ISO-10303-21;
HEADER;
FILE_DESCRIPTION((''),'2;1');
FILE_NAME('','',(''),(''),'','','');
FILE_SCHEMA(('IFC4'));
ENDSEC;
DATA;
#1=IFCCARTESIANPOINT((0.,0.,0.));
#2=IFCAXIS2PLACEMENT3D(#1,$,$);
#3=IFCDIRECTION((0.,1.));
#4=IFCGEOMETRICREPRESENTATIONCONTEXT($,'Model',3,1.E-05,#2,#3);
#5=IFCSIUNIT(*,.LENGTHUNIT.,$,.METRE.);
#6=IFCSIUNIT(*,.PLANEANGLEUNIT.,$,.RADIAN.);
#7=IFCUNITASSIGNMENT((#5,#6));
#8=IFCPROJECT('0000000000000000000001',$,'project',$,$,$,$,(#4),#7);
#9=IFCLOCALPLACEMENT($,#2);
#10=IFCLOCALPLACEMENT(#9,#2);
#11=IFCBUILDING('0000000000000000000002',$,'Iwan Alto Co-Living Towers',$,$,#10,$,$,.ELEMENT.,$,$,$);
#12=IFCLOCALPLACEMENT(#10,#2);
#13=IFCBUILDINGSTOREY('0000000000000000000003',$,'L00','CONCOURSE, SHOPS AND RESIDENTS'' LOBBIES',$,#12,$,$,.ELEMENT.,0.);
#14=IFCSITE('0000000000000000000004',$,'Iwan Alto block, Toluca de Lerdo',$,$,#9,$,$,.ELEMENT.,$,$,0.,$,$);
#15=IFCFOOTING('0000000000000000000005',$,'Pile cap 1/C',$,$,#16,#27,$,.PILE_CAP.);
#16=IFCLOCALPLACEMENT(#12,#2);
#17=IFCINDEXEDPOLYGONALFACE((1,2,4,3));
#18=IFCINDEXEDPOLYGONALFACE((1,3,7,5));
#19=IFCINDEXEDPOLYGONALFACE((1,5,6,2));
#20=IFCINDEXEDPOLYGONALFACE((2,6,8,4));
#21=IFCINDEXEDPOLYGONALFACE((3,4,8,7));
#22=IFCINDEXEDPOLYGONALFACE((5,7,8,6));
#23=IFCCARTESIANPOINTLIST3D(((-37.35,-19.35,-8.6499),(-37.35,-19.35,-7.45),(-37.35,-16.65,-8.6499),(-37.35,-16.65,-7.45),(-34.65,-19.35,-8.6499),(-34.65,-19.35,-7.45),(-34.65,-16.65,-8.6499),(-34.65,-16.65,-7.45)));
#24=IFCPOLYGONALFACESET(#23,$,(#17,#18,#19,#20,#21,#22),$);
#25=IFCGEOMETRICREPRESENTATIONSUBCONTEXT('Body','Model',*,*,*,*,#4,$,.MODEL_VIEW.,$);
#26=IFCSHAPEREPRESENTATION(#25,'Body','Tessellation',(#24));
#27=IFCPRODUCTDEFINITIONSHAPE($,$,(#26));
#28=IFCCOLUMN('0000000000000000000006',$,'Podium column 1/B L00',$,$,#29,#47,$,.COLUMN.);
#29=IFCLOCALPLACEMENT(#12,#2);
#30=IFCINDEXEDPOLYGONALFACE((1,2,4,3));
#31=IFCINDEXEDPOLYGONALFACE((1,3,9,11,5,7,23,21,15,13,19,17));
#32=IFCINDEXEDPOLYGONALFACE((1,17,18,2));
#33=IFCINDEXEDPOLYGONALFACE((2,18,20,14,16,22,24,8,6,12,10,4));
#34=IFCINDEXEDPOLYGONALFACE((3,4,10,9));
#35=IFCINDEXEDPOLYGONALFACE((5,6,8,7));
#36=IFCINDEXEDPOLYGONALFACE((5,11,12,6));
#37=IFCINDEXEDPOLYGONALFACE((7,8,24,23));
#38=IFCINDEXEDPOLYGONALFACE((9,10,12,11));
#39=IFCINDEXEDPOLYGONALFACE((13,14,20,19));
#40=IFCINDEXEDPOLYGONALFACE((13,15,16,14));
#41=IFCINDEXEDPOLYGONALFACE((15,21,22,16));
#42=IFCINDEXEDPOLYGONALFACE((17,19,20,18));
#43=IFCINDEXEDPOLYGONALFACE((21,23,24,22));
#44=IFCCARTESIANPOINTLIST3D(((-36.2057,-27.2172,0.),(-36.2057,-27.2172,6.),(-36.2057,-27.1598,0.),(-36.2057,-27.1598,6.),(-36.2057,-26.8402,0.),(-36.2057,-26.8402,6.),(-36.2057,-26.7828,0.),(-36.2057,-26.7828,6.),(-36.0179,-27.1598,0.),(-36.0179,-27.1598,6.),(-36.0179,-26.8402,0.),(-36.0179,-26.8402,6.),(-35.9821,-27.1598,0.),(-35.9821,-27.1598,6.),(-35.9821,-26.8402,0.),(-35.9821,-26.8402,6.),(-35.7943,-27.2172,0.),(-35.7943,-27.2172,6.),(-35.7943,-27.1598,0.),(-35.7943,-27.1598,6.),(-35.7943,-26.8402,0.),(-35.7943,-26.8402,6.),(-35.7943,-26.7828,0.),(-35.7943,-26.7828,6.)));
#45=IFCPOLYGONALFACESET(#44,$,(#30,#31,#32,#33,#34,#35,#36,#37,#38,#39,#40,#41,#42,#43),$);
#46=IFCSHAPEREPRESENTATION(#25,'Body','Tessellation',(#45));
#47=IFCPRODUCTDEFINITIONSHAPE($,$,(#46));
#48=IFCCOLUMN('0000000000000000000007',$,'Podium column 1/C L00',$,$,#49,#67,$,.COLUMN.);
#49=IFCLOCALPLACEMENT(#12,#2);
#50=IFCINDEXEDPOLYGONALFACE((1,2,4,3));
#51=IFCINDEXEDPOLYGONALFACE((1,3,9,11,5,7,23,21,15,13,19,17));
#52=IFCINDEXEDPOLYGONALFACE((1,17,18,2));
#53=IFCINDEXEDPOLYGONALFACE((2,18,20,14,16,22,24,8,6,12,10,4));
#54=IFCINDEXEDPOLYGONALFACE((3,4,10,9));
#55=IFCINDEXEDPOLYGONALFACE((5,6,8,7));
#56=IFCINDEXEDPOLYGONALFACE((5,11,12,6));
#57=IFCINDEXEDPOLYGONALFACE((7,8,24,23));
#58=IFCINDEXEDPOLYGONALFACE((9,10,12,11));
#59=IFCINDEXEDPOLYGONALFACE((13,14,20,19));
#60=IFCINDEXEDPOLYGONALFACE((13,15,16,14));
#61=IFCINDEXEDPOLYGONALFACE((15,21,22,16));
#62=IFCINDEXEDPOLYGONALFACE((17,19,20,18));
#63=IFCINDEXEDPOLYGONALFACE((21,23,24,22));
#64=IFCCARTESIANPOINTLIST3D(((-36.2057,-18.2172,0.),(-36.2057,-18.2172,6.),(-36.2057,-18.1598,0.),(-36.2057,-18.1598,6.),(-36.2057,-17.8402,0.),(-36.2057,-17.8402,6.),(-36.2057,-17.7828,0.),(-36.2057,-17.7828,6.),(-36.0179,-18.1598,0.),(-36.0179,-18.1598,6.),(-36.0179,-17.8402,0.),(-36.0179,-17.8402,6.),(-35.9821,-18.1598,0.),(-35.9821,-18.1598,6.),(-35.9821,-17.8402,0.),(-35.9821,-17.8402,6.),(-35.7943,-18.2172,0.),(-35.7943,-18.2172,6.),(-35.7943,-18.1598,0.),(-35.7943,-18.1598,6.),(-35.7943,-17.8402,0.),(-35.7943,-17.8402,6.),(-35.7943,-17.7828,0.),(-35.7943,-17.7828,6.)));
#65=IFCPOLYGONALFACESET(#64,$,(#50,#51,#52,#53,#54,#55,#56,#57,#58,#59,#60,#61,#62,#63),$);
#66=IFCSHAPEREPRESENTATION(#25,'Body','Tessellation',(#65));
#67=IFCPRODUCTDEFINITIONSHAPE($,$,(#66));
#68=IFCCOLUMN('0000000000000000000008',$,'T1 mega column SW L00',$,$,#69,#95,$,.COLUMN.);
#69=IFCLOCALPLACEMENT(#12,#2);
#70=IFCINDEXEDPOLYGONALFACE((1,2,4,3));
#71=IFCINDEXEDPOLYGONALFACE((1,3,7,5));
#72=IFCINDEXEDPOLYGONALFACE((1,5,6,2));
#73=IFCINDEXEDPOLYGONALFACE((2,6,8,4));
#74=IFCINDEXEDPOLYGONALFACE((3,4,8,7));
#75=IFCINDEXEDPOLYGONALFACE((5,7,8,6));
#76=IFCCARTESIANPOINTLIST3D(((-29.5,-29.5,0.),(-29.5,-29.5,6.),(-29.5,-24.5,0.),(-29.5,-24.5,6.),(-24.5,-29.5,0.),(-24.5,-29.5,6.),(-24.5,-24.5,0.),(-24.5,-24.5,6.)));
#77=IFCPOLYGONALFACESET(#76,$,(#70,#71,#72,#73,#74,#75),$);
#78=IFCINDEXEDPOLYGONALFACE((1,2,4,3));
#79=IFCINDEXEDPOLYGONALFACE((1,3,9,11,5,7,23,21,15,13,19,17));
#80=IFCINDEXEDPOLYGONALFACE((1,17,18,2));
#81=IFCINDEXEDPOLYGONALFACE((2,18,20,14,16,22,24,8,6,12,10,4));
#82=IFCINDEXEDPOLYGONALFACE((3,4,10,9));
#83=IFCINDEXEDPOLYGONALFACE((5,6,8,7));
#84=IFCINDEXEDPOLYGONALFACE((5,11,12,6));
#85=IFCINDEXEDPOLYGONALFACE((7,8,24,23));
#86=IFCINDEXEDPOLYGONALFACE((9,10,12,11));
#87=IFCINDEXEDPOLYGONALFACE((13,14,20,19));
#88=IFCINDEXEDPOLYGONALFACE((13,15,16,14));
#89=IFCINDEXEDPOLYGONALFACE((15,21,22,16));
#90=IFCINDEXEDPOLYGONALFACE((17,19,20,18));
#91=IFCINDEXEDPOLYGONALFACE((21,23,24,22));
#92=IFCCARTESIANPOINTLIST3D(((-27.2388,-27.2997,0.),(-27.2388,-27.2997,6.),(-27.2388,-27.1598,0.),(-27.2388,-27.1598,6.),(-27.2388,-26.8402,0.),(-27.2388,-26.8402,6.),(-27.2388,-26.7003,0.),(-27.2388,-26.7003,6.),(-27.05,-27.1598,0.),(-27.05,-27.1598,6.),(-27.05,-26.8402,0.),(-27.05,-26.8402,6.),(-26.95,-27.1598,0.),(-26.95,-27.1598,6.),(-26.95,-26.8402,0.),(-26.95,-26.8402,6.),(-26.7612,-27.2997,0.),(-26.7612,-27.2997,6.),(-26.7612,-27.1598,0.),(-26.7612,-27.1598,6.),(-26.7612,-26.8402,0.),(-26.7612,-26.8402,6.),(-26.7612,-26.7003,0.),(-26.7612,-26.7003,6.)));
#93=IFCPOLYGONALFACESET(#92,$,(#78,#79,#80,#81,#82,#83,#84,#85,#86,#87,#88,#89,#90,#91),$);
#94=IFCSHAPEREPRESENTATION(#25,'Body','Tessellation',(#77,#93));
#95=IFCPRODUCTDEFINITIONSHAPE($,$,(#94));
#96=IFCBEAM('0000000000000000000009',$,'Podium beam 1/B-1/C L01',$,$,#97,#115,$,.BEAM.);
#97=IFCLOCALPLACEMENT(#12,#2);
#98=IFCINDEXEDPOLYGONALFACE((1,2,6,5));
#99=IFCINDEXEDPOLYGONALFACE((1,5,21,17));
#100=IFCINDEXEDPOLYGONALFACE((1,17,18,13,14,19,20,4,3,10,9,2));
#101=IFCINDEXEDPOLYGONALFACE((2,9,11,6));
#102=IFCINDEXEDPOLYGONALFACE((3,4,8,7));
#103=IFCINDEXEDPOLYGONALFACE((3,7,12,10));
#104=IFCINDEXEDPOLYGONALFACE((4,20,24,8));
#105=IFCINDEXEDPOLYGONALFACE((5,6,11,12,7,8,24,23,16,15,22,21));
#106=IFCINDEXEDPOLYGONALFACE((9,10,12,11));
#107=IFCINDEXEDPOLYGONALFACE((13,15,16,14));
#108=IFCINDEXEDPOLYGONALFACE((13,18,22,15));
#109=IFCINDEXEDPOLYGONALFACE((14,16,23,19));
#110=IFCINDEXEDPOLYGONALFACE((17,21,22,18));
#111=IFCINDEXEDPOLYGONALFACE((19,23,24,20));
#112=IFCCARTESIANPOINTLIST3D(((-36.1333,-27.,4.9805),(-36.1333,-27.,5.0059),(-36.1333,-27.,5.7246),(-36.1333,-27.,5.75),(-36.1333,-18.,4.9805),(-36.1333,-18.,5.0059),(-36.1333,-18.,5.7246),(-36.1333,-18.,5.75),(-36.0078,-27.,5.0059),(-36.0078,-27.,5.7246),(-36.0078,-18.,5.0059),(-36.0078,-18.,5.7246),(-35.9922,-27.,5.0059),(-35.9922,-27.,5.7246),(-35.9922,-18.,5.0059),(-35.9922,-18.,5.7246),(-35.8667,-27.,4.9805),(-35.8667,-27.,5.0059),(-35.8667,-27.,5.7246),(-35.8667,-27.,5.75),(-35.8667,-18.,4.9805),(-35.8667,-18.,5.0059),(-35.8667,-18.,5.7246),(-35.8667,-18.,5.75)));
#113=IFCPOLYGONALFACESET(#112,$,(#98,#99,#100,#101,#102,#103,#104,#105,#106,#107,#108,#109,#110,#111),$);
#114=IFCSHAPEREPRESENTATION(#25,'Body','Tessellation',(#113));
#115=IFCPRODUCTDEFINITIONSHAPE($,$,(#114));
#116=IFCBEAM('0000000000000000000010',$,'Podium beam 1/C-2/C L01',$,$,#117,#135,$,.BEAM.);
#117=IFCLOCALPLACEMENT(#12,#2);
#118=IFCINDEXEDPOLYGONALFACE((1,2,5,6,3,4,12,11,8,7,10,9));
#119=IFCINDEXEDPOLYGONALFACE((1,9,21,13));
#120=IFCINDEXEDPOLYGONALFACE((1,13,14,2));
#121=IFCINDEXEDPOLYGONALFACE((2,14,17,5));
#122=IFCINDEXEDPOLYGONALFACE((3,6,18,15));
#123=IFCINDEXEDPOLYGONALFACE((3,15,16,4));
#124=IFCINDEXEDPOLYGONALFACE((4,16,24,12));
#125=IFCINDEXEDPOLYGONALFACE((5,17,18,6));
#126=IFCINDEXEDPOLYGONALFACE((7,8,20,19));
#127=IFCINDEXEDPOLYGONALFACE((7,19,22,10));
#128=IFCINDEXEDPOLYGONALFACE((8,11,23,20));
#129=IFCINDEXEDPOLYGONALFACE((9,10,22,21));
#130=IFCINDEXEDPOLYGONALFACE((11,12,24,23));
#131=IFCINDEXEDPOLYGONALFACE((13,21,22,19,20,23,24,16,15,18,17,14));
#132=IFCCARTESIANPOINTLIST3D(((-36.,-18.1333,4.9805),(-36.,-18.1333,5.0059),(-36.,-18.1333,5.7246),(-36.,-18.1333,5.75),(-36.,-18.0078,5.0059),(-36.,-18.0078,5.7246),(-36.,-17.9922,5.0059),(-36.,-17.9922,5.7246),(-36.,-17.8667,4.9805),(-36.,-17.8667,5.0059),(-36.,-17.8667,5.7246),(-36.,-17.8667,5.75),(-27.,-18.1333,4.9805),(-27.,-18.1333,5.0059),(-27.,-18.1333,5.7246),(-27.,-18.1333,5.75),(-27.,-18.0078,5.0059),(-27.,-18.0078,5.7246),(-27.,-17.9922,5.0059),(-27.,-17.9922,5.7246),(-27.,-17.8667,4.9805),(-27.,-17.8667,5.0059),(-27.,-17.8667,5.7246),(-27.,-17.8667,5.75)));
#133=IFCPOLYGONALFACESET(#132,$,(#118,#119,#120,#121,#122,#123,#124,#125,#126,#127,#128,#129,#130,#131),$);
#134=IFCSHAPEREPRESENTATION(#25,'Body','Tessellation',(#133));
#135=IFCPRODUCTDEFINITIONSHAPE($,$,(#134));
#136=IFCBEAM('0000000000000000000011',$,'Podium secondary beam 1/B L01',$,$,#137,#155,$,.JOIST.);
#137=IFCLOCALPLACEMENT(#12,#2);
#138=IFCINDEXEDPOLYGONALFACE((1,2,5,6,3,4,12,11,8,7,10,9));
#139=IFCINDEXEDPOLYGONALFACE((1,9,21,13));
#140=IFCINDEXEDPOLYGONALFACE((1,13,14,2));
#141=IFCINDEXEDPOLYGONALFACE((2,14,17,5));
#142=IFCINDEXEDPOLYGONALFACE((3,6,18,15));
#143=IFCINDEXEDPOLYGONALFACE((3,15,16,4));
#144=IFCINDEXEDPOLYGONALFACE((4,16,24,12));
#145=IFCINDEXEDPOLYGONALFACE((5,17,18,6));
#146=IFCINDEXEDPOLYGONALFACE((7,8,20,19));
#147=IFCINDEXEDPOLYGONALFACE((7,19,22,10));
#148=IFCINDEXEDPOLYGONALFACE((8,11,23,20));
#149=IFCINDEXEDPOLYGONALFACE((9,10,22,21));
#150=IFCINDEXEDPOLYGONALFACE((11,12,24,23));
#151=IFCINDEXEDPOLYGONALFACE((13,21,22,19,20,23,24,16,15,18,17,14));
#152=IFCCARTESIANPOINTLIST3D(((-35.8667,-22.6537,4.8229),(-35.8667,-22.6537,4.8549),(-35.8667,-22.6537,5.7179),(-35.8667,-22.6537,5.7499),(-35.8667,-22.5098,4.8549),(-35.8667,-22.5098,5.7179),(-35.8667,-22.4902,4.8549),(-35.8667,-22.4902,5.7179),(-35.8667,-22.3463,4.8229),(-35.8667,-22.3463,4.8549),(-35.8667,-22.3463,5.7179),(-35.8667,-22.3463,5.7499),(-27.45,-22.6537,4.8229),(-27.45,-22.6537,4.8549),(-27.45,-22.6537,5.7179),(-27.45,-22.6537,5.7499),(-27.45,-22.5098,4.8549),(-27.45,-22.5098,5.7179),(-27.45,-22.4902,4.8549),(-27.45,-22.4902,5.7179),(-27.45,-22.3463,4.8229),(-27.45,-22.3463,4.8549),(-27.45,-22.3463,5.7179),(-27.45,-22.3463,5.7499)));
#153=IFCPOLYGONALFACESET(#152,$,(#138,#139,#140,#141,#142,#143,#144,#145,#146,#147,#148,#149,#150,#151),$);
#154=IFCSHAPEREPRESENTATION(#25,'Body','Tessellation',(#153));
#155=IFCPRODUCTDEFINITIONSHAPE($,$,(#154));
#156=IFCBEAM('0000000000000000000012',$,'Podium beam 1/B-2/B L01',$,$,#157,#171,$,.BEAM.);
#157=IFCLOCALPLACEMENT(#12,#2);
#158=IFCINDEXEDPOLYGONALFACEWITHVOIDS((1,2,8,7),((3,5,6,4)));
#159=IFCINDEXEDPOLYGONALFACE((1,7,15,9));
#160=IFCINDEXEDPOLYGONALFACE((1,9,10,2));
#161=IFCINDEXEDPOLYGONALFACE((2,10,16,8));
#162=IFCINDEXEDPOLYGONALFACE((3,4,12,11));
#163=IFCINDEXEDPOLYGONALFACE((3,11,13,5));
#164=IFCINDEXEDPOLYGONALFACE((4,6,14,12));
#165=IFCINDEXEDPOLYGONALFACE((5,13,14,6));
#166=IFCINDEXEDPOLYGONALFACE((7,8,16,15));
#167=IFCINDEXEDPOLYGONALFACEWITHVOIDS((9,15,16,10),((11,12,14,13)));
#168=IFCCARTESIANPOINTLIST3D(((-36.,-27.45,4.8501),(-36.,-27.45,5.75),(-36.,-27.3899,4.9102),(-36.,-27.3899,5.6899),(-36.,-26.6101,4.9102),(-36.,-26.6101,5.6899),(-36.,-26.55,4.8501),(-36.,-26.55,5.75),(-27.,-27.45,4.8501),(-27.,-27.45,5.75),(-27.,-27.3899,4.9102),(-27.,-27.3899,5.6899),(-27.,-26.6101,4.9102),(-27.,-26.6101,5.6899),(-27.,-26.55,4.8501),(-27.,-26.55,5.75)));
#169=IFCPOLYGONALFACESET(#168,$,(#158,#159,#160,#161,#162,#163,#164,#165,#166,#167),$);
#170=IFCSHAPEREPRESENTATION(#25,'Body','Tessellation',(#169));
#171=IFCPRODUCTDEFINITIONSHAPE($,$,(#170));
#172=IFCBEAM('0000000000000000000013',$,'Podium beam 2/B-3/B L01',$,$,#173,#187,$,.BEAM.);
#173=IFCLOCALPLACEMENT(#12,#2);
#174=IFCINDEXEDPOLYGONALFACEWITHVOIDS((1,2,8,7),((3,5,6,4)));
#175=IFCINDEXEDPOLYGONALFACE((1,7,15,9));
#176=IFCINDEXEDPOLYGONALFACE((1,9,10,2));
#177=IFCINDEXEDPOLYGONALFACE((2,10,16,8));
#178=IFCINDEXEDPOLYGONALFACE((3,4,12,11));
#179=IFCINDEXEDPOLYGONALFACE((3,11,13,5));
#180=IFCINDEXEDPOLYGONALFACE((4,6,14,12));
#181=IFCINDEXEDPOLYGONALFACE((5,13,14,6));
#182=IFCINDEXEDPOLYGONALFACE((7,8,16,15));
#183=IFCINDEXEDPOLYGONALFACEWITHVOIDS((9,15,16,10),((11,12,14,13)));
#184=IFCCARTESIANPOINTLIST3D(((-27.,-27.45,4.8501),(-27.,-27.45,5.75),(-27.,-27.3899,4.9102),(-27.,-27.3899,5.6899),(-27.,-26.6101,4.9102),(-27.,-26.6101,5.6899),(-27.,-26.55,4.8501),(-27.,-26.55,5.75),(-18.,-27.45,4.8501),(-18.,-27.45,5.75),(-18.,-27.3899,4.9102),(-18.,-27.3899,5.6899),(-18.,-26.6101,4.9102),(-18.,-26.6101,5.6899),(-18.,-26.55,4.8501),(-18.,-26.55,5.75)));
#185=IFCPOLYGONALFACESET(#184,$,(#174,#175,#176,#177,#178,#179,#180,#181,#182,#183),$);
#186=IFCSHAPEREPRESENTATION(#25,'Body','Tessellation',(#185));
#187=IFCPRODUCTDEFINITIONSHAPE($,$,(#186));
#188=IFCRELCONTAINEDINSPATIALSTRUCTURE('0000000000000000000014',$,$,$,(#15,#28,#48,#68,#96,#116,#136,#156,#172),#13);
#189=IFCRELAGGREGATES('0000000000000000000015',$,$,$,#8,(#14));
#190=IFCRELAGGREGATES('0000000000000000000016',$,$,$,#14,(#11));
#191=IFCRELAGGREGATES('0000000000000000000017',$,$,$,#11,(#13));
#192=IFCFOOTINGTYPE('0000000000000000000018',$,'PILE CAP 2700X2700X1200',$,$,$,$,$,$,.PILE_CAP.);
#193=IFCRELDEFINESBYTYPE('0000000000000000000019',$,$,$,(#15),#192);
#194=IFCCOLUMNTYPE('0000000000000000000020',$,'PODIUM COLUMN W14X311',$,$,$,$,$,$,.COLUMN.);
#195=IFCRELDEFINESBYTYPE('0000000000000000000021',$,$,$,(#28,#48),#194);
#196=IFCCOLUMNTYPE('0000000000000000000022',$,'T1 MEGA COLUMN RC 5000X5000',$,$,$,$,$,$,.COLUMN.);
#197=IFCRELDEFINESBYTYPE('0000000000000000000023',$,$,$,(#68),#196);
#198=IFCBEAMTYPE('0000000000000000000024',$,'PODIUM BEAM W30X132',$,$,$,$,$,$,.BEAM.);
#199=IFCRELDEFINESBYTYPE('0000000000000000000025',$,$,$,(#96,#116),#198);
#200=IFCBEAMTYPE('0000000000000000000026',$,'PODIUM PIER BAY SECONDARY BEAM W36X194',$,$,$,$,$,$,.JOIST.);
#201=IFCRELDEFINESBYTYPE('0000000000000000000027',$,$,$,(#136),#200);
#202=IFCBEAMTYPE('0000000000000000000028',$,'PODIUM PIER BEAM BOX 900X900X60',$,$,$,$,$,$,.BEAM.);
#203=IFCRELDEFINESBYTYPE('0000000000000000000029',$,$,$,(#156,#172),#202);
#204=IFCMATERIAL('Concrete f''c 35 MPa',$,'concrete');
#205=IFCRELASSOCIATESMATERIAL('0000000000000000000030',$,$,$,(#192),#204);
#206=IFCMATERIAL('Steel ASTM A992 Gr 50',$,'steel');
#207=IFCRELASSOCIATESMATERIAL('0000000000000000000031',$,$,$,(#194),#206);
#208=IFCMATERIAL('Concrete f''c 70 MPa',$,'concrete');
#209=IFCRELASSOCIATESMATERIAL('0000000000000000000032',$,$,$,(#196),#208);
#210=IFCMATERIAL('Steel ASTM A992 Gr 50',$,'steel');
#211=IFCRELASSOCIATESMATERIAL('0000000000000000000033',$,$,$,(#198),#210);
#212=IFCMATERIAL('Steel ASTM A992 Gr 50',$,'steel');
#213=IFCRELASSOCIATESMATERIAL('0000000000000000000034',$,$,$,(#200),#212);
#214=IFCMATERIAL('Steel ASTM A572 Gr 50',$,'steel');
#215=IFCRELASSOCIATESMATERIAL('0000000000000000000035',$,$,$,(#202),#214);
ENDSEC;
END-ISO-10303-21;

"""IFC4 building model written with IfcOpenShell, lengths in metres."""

from ifc_helpers import new_model, si_unit, direction, frame, origin, origin_2d, place, context, subcontext, project, spatial, rectangle, hollow_rectangle, i_section, extrude, material, material_profile, profile_set, type_object, element, save


model = new_model("IFC4")

# Units and contexts
model_context = context("Model", 3, precision=1e-05, world=origin(), true_north=direction((0.0, 1.0)))
body_context = subcontext(model_context, "Body", "Model", "MODEL_VIEW")
ifc_project = project(units=[si_unit("LENGTHUNIT", "METRE"), si_unit("PLANEANGLEUNIT", "RADIAN")], contexts=[model_context])

# Site, building, storey
site_placement = place(None, origin())
site = spatial("IfcSite", under=ifc_project, at=site_placement, Name="Iwan Alto block, Toluca de Lerdo", CompositionType="ELEMENT", RefElevation=0.0)
building_placement = place(site_placement, origin())
building = spatial("IfcBuilding", under=site, at=building_placement, Name="Iwan Alto Co-Living Towers", CompositionType="ELEMENT")
storey_placement = place(building_placement, origin())
storey = spatial("IfcBuildingStorey", under=building, at=storey_placement, Name="L00", Description="CONCOURSE, SHOPS AND RESIDENTS' LOBBIES", CompositionType="ELEMENT", Elevation=0.0)

# Footing
ifc_material_1 = material(Name="Concrete f'c 35 MPa", Category="concrete")
footing_type = type_object("IfcFootingType", Name="PILE CAP 2700X2700X1200", PredefinedType="PILE_CAP", material=ifc_material_1)
for number, where, z_axis, x_axis, name in (
    (1, (-36.0, -18.0, -8.6499), (0.0, 0.0, 1.0), (1.0, 0.0, 0.0), "Pile cap 1/C"),
):
    element("IfcFooting", number, at=place(storey_placement, frame(where, z_axis=z_axis, x_axis=x_axis)), inside=storey, type_object=footing_type, Name=name, PredefinedType="PILE_CAP", context=body_context, shape_type="SweptSolid", body=[
        extrude(rectangle(XDim=2.7, YDim=2.7, at=origin_2d()), origin(), (0.0, 0.0, 1.0), 1.2),
    ])

# Columns
ifc_material_2 = material(Name="Steel ASTM A992 Gr 50", Category="steel")
ifc_material_profile_1 = material_profile(ifc_material_2, i_section(OverallWidth=0.4114, OverallDepth=0.4343, WebThickness=0.0359, FlangeThickness=0.0574, at=origin_2d()), Name="W14X311")
ifc_profile_set_1 = profile_set([ifc_material_profile_1], Name="Steel ASTM A992 Gr 50")
column_type_1 = type_object("IfcColumnType", Name="PODIUM COLUMN W14X311", PredefinedType="COLUMN", material=ifc_profile_set_1)
for number, where, z_axis, x_axis, name in (
    (2, (-36.0, -27.0, 0.0), (0.0, 0.0, 1.0), (1.0, 0.0, 0.0), "Podium column 1/B L00"),
    (3, (-36.0, -18.0, 0.0), (0.0, 0.0, 1.0), (1.0, 0.0, 0.0), "Podium column 1/C L00"),
):
    element("IfcColumn", number, at=place(storey_placement, frame(where, z_axis=z_axis, x_axis=x_axis)), inside=storey, type_object=column_type_1, Name=name, PredefinedType="COLUMN", context=body_context, shape_type="SweptSolid", body=[
        extrude(i_section(OverallWidth=0.4114, OverallDepth=0.4343, WebThickness=0.0359, FlangeThickness=0.0574, at=origin_2d()), origin(), (0.0, 0.0, 1.0), 6.0),
    ])
ifc_material_3 = material(Name="Concrete f'c 70 MPa", Category="concrete")
ifc_material_profile_2 = material_profile(ifc_material_3, rectangle(XDim=5.0, YDim=5.0, at=origin_2d()), Name="RC 5000X5000")
ifc_profile_set_2 = profile_set([ifc_material_profile_2], Name="Concrete f'c 70 MPa")
column_type_2 = type_object("IfcColumnType", Name="T1 MEGA COLUMN RC 5000X5000", PredefinedType="COLUMN", material=ifc_profile_set_2)
column_placement = place(storey_placement, frame((-27.0, -27.0, 0.0), z_axis=(0.0, 0.0, 1.0), x_axis=(1.0, 0.0, 0.0)))
element("IfcColumn", 4, at=column_placement, inside=storey, type_object=column_type_2, Name="T1 mega column SW L00", PredefinedType="COLUMN", context=body_context, shape_type="SweptSolid", body=[
    extrude(rectangle(XDim=5.0, YDim=5.0, at=origin_2d()), origin(), (0.0, 0.0, 1.0), 6.0),
    extrude(i_section(OverallWidth=0.4775, OverallDepth=0.5994, WebThickness=0.1001, FlangeThickness=0.1399, at=origin_2d()), origin(), (0.0, 0.0, 1.0), 6.0),
])

# Beams
ifc_material_4 = material(Name="Steel ASTM A992 Gr 50", Category="steel")
ifc_material_profile_3 = material_profile(ifc_material_4, i_section(OverallWidth=0.2666, OverallDepth=0.7695, WebThickness=0.0156, FlangeThickness=0.0254, at=origin_2d()), Name="W30X132")
ifc_profile_set_3 = profile_set([ifc_material_profile_3], Name="Steel ASTM A992 Gr 50")
beam_type_1 = type_object("IfcBeamType", Name="PODIUM BEAM W30X132", PredefinedType="BEAM", material=ifc_profile_set_3)
for number, where, z_axis, x_axis, name in (
    (5, (-36.0, -27.0, 5.3652), (0.0, 1.0, 0.0), (-1.0, 0.0, 0.0), "Podium beam 1/B-1/C L01"),
    (6, (-36.0, -18.0, 5.3652), (1.0, 0.0, 0.0), (0.0, 1.0, 0.0), "Podium beam 1/C-2/C L01"),
):
    element("IfcBeam", number, at=place(storey_placement, frame(where, z_axis=z_axis, x_axis=x_axis)), inside=storey, type_object=beam_type_1, Name=name, PredefinedType="BEAM", context=body_context, shape_type="SweptSolid", body=[
        extrude(i_section(OverallWidth=0.2666, OverallDepth=0.7695, WebThickness=0.0156, FlangeThickness=0.0254, at=origin_2d()), origin(), (0.0, 0.0, 1.0), 9.0),
    ])
ifc_material_5 = material(Name="Steel ASTM A992 Gr 50", Category="steel")
ifc_material_profile_4 = material_profile(ifc_material_5, i_section(OverallWidth=0.3074, OverallDepth=0.927, WebThickness=0.0195, FlangeThickness=0.032, at=origin_2d()), Name="W36X194")
ifc_profile_set_4 = profile_set([ifc_material_profile_4], Name="Steel ASTM A992 Gr 50")
beam_type_2 = type_object("IfcBeamType", Name="PODIUM PIER BAY SECONDARY BEAM W36X194", PredefinedType="JOIST", material=ifc_profile_set_4)
beam_placement = place(storey_placement, frame((-35.8667, -22.5, 5.2864), z_axis=(1.0, 0.0, 0.0), x_axis=(0.0, 1.0, 0.0)))
element("IfcBeam", 7, at=beam_placement, inside=storey, type_object=beam_type_2, Name="Podium secondary beam 1/B L01", PredefinedType="JOIST", context=body_context, shape_type="SweptSolid", body=[
    extrude(i_section(OverallWidth=0.3074, OverallDepth=0.927, WebThickness=0.0195, FlangeThickness=0.032, at=origin_2d()), origin(), (0.0, 0.0, 1.0), 8.4167),
])
ifc_material_6 = material(Name="Steel ASTM A572 Gr 50", Category="steel")
ifc_material_profile_5 = material_profile(ifc_material_6, hollow_rectangle(XDim=0.8999, YDim=0.8999, WallThickness=0.0601, at=origin_2d()), Name="BOX 900X900X60")
ifc_profile_set_5 = profile_set([ifc_material_profile_5], Name="Steel ASTM A572 Gr 50")
beam_type_3 = type_object("IfcBeamType", Name="PODIUM PIER BEAM BOX 900X900X60", PredefinedType="BEAM", material=ifc_profile_set_5)
for number, where, z_axis, x_axis, name in (
    (8, (-36.0, -27.0, 5.3), (1.0, 0.0, 0.0), (0.0, 1.0, 0.0), "Podium beam 1/B-2/B L01"),
    (9, (-27.0, -27.0, 5.3), (1.0, 0.0, 0.0), (0.0, 1.0, 0.0), "Podium beam 2/B-3/B L01"),
):
    element("IfcBeam", number, at=place(storey_placement, frame(where, z_axis=z_axis, x_axis=x_axis)), inside=storey, type_object=beam_type_3, Name=name, PredefinedType="BEAM", context=body_context, shape_type="SweptSolid", body=[
        extrude(hollow_rectangle(XDim=0.8999, YDim=0.8999, WallThickness=0.0601, at=origin_2d()), origin(), (0.0, 0.0, 1.0), 9.0),
    ])

save(model, "model.ifc")
